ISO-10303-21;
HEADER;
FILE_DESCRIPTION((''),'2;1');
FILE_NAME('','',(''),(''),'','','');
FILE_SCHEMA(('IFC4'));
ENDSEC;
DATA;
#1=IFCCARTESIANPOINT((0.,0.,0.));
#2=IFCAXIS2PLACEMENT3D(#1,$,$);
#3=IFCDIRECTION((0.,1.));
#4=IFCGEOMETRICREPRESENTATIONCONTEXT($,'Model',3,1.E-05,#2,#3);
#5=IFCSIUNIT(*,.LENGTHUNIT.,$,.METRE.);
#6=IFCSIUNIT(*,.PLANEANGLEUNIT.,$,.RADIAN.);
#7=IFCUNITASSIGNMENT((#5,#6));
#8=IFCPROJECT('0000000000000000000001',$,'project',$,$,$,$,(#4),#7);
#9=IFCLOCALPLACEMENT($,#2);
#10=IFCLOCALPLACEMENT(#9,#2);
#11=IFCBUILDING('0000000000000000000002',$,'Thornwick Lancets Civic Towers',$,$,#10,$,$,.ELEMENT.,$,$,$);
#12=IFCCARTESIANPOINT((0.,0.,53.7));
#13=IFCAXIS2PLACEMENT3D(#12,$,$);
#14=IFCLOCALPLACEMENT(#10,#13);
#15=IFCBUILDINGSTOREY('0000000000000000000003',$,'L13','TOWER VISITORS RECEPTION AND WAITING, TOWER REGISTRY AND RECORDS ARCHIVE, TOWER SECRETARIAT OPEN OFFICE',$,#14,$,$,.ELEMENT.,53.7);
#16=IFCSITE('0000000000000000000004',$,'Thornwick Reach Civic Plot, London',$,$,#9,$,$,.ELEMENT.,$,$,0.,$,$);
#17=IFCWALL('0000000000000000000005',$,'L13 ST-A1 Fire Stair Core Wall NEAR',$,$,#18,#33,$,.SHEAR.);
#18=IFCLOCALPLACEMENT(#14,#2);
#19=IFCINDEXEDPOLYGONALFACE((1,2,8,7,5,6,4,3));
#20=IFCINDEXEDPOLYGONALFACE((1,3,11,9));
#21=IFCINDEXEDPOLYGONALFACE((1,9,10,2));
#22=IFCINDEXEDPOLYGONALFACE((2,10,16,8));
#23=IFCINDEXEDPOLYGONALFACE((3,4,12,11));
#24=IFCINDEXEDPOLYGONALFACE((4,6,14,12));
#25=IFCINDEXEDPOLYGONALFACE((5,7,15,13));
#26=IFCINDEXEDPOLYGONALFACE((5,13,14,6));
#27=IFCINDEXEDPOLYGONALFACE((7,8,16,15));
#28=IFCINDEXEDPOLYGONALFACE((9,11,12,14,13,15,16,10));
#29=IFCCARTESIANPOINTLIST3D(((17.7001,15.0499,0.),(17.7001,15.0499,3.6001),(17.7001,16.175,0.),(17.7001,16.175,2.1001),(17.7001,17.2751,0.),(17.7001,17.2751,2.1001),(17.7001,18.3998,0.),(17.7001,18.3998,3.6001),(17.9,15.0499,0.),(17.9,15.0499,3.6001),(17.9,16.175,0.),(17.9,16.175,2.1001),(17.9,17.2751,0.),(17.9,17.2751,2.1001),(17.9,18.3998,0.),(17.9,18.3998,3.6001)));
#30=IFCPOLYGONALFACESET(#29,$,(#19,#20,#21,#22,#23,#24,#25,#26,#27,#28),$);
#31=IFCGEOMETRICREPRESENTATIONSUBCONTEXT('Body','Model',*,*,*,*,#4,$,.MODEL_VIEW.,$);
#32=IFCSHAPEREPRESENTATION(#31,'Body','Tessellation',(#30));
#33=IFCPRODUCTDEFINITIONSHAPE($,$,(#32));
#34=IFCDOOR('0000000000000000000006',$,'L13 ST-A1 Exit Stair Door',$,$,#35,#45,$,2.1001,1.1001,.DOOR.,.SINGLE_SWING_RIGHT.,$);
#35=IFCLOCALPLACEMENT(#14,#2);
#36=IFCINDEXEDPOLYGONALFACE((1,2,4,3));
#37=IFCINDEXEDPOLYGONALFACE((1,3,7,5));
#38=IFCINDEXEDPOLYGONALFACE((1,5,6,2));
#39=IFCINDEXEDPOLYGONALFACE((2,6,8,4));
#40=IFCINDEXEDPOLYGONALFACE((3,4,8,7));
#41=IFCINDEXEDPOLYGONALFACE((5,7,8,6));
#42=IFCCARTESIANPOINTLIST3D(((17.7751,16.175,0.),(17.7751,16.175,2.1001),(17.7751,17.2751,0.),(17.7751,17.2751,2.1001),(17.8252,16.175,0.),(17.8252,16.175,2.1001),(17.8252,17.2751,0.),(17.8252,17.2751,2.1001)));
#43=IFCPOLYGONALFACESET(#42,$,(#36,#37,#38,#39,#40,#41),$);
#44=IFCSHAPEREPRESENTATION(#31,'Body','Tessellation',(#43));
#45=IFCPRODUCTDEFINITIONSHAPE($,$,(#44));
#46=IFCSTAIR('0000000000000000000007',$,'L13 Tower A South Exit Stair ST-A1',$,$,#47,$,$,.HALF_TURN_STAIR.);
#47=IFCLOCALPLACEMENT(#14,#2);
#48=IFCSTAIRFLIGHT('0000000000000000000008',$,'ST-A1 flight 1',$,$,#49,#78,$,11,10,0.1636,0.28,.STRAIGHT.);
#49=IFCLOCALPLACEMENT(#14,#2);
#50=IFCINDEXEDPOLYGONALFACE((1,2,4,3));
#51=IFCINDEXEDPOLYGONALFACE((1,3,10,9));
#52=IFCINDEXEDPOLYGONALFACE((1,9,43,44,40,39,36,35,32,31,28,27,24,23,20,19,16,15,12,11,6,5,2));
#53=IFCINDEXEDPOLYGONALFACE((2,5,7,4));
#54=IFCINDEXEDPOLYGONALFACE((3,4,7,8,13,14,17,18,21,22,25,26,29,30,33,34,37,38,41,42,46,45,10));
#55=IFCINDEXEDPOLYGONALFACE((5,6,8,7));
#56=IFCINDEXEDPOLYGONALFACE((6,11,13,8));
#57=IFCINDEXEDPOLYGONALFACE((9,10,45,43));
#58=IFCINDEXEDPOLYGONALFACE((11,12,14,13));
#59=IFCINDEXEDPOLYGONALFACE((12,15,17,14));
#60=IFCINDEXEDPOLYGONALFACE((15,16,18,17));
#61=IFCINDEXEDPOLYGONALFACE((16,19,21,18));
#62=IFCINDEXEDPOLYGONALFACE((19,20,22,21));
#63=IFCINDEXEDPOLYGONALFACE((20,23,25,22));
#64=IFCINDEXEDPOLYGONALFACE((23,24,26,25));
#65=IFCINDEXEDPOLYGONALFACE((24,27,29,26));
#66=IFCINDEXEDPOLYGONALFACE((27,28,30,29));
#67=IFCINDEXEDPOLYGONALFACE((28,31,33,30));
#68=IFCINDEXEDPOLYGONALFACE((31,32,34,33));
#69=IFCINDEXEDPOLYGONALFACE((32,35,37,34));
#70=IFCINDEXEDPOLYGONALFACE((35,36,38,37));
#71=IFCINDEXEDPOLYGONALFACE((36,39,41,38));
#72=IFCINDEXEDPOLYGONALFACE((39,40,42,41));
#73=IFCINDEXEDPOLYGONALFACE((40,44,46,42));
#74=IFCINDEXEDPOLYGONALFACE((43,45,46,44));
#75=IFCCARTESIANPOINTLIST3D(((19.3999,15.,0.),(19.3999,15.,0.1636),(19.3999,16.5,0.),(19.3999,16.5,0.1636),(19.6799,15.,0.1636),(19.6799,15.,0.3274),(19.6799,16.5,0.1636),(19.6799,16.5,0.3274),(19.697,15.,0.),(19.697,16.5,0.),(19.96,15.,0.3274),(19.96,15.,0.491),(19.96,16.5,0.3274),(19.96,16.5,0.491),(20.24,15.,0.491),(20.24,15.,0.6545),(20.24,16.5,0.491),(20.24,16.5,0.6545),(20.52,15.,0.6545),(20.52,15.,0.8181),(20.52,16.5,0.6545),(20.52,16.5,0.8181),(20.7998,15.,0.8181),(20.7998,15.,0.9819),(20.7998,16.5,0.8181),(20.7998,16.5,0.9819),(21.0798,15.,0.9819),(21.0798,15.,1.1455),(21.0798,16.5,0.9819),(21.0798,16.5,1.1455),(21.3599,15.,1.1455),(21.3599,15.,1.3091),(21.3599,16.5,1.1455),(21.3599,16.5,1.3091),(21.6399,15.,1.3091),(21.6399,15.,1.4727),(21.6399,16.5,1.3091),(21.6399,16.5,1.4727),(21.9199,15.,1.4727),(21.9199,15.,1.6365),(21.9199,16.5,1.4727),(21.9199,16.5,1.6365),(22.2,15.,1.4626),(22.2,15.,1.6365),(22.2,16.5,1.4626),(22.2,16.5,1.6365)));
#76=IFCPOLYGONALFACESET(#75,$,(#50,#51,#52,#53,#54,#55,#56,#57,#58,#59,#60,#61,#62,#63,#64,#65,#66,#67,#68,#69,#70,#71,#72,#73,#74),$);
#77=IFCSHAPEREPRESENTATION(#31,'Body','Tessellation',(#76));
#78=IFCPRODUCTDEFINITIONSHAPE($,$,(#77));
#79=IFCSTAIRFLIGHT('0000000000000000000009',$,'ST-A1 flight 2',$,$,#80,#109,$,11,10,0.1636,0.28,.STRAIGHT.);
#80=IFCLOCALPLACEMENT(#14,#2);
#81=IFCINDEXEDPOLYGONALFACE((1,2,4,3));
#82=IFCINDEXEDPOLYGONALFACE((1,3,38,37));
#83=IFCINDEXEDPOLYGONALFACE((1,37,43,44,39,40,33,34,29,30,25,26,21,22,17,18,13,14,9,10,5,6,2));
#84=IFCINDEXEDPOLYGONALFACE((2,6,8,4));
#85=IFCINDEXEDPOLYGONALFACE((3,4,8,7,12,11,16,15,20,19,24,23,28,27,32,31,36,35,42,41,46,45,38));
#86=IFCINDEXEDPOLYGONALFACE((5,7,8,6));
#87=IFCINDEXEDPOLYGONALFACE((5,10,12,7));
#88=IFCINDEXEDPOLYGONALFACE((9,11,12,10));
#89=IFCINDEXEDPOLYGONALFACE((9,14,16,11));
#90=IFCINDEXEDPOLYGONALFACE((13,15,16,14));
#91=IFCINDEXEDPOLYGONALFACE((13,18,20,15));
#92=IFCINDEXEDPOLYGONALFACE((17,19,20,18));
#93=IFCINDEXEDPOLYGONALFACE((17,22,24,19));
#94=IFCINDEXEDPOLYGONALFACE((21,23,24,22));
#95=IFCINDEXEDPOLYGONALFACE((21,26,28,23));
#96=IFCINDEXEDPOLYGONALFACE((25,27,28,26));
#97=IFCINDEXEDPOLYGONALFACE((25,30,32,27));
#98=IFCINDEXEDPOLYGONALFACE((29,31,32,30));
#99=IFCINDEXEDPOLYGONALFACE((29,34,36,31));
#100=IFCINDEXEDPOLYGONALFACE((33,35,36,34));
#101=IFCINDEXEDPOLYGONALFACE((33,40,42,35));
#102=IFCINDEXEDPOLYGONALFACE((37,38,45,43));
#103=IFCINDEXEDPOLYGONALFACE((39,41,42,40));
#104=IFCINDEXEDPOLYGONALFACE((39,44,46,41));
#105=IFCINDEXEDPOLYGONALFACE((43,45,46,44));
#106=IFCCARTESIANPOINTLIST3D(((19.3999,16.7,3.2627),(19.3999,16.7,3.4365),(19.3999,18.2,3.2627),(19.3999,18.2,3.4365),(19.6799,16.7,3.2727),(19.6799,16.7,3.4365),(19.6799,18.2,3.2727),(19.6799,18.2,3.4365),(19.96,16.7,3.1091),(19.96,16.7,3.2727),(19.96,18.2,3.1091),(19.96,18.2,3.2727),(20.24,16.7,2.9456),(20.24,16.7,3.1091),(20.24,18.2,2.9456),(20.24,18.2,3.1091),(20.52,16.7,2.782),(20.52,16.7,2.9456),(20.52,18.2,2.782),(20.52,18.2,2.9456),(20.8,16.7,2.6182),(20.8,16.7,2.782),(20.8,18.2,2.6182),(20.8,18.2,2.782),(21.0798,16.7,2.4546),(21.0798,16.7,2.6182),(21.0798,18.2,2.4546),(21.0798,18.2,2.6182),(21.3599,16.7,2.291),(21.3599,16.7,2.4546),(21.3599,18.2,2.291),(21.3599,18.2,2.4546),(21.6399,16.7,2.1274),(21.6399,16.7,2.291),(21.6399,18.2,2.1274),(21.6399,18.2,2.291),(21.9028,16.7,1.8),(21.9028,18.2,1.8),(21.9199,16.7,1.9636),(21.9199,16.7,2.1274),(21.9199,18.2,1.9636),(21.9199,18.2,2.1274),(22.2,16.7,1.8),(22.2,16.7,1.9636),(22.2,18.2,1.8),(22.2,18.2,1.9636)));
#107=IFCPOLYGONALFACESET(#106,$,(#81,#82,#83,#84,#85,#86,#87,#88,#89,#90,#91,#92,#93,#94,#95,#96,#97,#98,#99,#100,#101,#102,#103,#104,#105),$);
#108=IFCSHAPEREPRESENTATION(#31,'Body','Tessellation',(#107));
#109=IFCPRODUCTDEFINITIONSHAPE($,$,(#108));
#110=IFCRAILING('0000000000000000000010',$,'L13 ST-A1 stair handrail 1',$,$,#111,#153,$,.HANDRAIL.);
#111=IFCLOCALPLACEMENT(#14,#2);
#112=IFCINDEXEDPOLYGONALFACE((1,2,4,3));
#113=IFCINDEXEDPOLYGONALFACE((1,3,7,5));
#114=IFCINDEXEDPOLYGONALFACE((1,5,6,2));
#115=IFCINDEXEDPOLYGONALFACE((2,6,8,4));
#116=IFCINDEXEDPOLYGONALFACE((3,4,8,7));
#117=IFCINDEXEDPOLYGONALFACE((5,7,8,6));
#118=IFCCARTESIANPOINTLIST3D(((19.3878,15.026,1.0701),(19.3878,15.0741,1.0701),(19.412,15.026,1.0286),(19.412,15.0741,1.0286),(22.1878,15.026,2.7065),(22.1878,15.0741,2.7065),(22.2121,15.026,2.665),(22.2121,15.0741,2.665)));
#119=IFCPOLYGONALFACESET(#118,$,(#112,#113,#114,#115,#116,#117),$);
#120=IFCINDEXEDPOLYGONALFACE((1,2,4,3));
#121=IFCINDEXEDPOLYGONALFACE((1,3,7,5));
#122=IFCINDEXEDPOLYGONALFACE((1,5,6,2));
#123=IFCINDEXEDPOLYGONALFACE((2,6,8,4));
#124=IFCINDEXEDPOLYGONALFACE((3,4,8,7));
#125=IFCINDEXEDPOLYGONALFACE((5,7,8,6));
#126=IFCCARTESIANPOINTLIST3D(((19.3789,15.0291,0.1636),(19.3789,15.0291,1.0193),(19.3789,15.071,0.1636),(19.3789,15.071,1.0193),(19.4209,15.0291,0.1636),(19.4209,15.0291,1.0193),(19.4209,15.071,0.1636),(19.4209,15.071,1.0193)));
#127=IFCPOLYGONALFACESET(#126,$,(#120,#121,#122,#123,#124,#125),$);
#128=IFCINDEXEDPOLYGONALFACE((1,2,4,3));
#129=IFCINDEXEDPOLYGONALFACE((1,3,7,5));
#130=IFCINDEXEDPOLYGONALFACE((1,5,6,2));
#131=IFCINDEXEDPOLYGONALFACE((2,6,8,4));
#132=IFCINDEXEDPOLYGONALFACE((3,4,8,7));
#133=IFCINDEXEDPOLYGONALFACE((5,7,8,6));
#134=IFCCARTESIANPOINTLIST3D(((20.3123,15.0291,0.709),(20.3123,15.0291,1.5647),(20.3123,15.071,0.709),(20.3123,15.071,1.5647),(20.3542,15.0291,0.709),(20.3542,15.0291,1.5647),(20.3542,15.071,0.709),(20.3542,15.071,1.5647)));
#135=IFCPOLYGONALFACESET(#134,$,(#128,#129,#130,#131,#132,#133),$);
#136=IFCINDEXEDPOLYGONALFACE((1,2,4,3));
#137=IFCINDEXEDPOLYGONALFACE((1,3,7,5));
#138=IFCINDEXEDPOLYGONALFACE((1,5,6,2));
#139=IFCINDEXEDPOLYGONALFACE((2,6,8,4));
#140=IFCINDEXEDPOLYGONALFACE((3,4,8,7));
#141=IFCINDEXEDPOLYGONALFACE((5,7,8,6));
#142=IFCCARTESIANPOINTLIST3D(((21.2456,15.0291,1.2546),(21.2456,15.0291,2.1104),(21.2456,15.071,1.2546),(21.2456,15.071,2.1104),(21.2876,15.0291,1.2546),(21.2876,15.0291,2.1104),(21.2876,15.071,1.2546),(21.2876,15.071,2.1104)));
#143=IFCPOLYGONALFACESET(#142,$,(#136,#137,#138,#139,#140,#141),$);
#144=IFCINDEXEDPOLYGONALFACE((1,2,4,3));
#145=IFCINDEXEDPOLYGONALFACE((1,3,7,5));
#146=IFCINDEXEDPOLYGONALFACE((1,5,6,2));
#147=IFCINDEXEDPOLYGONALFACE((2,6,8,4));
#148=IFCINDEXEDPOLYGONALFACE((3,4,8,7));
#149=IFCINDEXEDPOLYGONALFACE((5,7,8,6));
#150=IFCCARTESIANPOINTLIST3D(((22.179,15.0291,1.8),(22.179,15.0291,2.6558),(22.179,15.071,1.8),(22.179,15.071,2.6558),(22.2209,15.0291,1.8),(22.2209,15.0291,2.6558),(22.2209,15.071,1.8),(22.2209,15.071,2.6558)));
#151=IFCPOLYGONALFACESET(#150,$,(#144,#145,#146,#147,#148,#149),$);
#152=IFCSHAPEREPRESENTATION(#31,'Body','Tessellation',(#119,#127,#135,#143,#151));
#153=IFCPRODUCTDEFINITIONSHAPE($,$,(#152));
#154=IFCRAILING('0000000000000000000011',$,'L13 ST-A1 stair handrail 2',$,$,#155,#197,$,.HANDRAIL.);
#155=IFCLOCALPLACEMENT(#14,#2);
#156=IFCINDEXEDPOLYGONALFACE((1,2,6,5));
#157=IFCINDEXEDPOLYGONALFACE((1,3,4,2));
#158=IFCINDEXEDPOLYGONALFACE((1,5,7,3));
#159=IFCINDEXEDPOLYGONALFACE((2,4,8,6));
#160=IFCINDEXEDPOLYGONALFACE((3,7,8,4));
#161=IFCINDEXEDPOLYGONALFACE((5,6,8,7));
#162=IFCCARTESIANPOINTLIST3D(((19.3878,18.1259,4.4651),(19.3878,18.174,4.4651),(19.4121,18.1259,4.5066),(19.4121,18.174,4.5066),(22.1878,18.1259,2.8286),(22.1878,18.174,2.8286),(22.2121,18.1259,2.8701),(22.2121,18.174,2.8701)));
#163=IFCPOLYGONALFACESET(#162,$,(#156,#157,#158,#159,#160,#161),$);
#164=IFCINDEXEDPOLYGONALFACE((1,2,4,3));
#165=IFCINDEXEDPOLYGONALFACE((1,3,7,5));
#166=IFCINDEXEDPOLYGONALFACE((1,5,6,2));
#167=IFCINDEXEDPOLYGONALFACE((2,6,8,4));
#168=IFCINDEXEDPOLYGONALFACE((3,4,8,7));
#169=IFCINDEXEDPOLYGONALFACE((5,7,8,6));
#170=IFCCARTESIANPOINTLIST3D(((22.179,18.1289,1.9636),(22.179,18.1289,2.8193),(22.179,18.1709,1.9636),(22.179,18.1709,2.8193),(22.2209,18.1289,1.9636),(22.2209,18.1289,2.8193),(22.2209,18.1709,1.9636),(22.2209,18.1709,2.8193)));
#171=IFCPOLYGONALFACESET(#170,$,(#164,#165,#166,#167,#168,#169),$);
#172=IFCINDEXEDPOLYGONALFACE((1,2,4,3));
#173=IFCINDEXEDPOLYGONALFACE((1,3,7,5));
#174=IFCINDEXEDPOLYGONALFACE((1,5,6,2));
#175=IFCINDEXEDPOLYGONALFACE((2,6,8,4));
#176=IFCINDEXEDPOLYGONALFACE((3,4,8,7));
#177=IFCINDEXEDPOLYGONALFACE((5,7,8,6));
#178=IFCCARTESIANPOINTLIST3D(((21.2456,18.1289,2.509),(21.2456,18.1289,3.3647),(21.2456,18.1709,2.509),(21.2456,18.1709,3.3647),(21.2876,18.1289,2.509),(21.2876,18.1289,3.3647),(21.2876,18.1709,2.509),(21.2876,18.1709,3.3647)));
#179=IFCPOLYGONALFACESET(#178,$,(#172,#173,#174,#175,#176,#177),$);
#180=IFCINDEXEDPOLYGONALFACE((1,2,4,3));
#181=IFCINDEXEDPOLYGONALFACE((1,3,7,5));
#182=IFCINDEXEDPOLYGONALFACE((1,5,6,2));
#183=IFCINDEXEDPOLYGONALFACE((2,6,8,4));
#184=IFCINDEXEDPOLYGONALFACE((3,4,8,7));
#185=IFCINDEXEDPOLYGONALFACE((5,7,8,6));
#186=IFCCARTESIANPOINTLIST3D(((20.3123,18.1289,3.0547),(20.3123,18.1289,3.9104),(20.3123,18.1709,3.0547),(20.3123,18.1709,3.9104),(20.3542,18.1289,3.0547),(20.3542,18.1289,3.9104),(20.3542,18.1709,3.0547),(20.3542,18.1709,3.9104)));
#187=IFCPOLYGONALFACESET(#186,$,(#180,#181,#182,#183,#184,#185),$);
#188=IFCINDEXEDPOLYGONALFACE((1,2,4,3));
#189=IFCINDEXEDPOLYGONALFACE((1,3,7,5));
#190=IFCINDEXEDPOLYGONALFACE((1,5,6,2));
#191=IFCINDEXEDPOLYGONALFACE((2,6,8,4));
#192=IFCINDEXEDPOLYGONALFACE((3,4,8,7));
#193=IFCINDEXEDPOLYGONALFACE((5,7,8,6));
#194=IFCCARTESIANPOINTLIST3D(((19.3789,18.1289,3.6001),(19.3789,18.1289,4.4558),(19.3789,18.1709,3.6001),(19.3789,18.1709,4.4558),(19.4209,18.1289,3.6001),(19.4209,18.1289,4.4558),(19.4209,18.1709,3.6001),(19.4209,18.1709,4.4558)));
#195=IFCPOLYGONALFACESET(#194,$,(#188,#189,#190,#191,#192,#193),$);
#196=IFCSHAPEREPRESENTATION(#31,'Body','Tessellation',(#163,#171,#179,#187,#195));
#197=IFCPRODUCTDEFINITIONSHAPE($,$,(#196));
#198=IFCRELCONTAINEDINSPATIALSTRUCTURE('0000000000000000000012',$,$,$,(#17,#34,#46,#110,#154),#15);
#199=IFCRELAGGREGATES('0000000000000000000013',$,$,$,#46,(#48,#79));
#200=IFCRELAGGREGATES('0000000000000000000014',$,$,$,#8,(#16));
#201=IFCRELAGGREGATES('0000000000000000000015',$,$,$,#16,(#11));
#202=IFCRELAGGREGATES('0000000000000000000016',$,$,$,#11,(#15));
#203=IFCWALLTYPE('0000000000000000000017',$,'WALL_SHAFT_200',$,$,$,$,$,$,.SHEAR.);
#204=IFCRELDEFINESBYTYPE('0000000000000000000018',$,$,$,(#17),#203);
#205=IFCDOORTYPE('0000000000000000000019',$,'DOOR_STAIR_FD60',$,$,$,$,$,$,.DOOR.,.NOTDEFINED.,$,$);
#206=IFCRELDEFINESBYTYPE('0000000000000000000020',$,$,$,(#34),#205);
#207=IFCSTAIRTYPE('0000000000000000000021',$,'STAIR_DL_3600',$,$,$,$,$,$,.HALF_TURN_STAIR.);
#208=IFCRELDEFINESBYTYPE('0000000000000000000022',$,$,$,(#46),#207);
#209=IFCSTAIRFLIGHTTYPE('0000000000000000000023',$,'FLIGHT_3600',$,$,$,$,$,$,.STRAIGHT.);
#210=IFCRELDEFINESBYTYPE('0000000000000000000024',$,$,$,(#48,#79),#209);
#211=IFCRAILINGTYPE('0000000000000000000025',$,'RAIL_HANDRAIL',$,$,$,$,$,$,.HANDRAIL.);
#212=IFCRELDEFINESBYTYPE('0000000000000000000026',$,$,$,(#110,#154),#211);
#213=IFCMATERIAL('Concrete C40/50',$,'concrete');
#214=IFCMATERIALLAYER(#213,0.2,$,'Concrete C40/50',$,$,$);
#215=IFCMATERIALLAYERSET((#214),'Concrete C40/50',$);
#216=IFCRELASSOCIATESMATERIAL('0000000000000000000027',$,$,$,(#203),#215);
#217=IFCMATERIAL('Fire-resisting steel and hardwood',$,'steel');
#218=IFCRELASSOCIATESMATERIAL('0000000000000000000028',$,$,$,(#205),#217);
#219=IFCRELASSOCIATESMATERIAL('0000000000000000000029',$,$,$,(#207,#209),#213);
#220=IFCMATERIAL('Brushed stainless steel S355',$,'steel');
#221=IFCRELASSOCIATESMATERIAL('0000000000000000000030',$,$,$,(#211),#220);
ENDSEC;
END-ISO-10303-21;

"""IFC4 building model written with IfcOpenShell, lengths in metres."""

from ifc_helpers import new_model, si_unit, direction, frame, frame_2d, origin, origin_2d, place, context, subcontext, project, spatial, polyline, rectangle, outline, extrude, material, layer, layer_set, type_object, element, fill, aggregate, save


model = new_model("IFC4")

# Units and contexts
model_context = context("Model", 3, precision=1e-05, world=origin(), true_north=direction((0.0, 1.0)))
body_context = subcontext(model_context, "Body", "Model", "MODEL_VIEW")
ifc_project = project(units=[si_unit("LENGTHUNIT", "METRE"), si_unit("PLANEANGLEUNIT", "RADIAN")], contexts=[model_context])

# Site, building, storey
site_placement = place(None, origin())
site = spatial("IfcSite", under=ifc_project, at=site_placement, Name="Thornwick Reach Civic Plot, London", CompositionType="ELEMENT", RefElevation=0.0)
building_placement = place(site_placement, origin())
building = spatial("IfcBuilding", under=site, at=building_placement, Name="Thornwick Lancets Civic Towers", CompositionType="ELEMENT")
storey_placement = place(building_placement, frame((0.0, 0.0, 53.7)))
storey = spatial("IfcBuildingStorey", under=building, at=storey_placement, Name="L13", Description="TOWER VISITORS RECEPTION AND WAITING, TOWER REGISTRY AND RECORDS ARCHIVE, TOWER SECRETARIAT OPEN OFFICE", CompositionType="ELEMENT", Elevation=53.7)

# Shared definitions
ifc_material_1 = material(Name="Concrete C40/50", Category="concrete")

# Wall, opening, door
ifc_layer_1 = layer(ifc_material_1, 0.2, Name="Concrete C40/50")
ifc_layer_set_1 = layer_set([ifc_layer_1], Name="Concrete C40/50")
wall_type_1 = type_object("IfcWallType", Name="WALL_SHAFT_200", PredefinedType="SHEAR", material=ifc_layer_set_1)
wall_1_placement = place(storey_placement, frame((17.8, 15.05, 0.0), z_axis=(0.0, 0.0, 1.0), x_axis=(0.0, 1.0, 0.0)))
wall_1 = element("IfcWall", 1, at=wall_1_placement, inside=storey, type_object=wall_type_1, Name="L13 ST-A1 Fire Stair Core Wall NEAR", PredefinedType="SHEAR", context=body_context, shape_type="SweptSolid", body=[
    extrude(rectangle(XDim=3.3499, YDim=0.2, at=frame_2d((1.6748, 0.0))), origin(), (0.0, 0.0, 1.0), 3.6001),
])
opening_1_placement = place(wall_1_placement, frame((1.125, 0.0, 0.0)))
opening_1 = element("IfcOpeningElement", 2, at=opening_1_placement, cuts=wall_1, PredefinedType="OPENING", context=body_context, shape_type="SweptSolid", body=[
    extrude(rectangle(XDim=1.1001, YDim=2.1001, at=frame_2d((0.55, 1.05))), frame((0.0, 0.1099, 0.0), z_axis=(0.0, -1.0, 0.0), x_axis=(1.0, 0.0, 0.0)), (0.0, 0.0, 1.0), 0.22),
])
ifc_material_2 = material(Name="Fire-resisting steel and hardwood", Category="steel")
door_type_1 = type_object("IfcDoorType", Name="DOOR_STAIR_FD60", OperationType="NOTDEFINED", PredefinedType="DOOR", material=ifc_material_2)
door_1_placement = place(opening_1_placement, origin())
door_1 = element("IfcDoor", 3, at=door_1_placement, inside=storey, type_object=door_type_1, Name="L13 ST-A1 Exit Stair Door", OperationType="SINGLE_SWING_RIGHT", OverallHeight=2.1001, OverallWidth=1.1001, PredefinedType="DOOR", context=body_context, shape_type="SweptSolid", body=[
    extrude(rectangle(XDim=1.1001, YDim=2.1001, at=frame_2d((0.55, 1.05))), frame((0.0, 0.0249, 0.0), z_axis=(0.0, -1.0, 0.0), x_axis=(1.0, 0.0, 0.0)), (0.0, 0.0, 1.0), 0.05),
])
fill(opening_1, door_1)

# Stair, stair flights
stair_type = type_object("IfcStairType", Name="STAIR_DL_3600", PredefinedType="HALF_TURN_STAIR", material=ifc_material_1)
stair_placement = place(storey_placement, origin())
stair = element("IfcStair", 4, at=stair_placement, inside=storey, type_object=stair_type, Name="L13 Tower A South Exit Stair ST-A1", PredefinedType="HALF_TURN_STAIR")
stair_flight_type = type_object("IfcStairFlightType", Name="FLIGHT_3600", PredefinedType="STRAIGHT", material=ifc_material_1)
stair_flight_1_placement = place(storey_placement, frame((19.3999, 15.75, 0.0), z_axis=(0.0, 0.0, 1.0), x_axis=(1.0, 0.0, 0.0)))
stair_flight_1 = element("IfcStairFlight", 5, at=stair_flight_1_placement, type_object=stair_flight_type, Name="ST-A1 flight 1", NumberOfRisers=11, NumberOfTreads=10, PredefinedType="STRAIGHT", RiserHeight=0.1636, TreadLength=0.28, context=body_context, shape_type="SweptSolid", body=[
    extrude(outline(polyline([(0.0, 0.0), (0.0, 0.1636), (0.28, 0.1636), (0.28, 0.3274), (0.5601, 0.3274), (0.5601, 0.491), (0.8401, 0.491), (0.8401, 0.6545), (1.1201, 0.6545), (1.1201, 0.8181), (1.3999, 0.8181), (1.3999, 0.9819), (1.6799, 0.9819), (1.6799, 1.1455), (1.96, 1.1455), (1.96, 1.3091), (2.24, 1.3091), (2.24, 1.4727), (2.52, 1.4727), (2.52, 1.6365), (2.8, 1.6365), (2.8, 1.8), (2.8, 1.4626), (0.2971, 0.0), (0.0, 0.0)])), frame((0.0, 0.75, 0.0), z_axis=(0.0, -1.0, 0.0), x_axis=(1.0, 0.0, 0.0)), (0.0, 0.0, 1.0), 1.5),
])
stair_flight_2_placement = place(storey_placement, frame((22.2, 17.45, 1.8), z_axis=(0.0, 0.0, 1.0), x_axis=(-1.0, 0.0, 0.0)))
stair_flight_2 = element("IfcStairFlight", 6, at=stair_flight_2_placement, type_object=stair_flight_type, Name="ST-A1 flight 2", NumberOfRisers=11, NumberOfTreads=10, PredefinedType="STRAIGHT", RiserHeight=0.1636, TreadLength=0.28, context=body_context, shape_type="SweptSolid", body=[
    extrude(outline(polyline([(0.0, 0.0), (0.0, 0.1636), (0.28, 0.1636), (0.28, 0.3274), (0.5601, 0.3274), (0.5601, 0.491), (0.8401, 0.491), (0.8401, 0.6545), (1.1201, 0.6545), (1.1201, 0.8181), (1.3999, 0.8181), (1.3999, 0.9819), (1.6799, 0.9819), (1.6799, 1.1455), (1.96, 1.1455), (1.96, 1.3091), (2.24, 1.3091), (2.24, 1.4727), (2.52, 1.4727), (2.52, 1.6365), (2.8, 1.6365), (2.8, 1.8), (2.8, 1.4626), (0.2971, 0.0), (0.0, 0.0)])), frame((0.0, 0.75, 0.0), z_axis=(0.0, -1.0, 0.0), x_axis=(1.0, 0.0, 0.0)), (0.0, 0.0, 1.0), 1.5),
])
aggregate(stair, [stair_flight_1, stair_flight_2])

# Railings
ifc_material_3 = material(Name="Brushed stainless steel S355", Category="steel")
railing_type_1 = type_object("IfcRailingType", Name="RAIL_HANDRAIL", PredefinedType="HANDRAIL", material=ifc_material_3)
railing_1_placement = place(storey_placement, frame((19.3999, 15.05, 0.1636)))
element("IfcRailing", 7, at=railing_1_placement, inside=storey, type_object=railing_type_1, Name="L13 ST-A1 stair handrail 1", PredefinedType="HANDRAIL", context=body_context, shape_type="SweptSolid", body=[
    extrude(rectangle(XDim=0.0481, YDim=0.0481, at=origin_2d()), frame((0.0, 0.0, 0.8857), z_axis=(0.863361, 0.0, 0.504587), x_axis=(0.0, 1.0, 0.0)), (0.0, 0.0, 1.0), 3.2432),
    extrude(rectangle(XDim=0.042, YDim=0.042, at=origin_2d()), origin(), (0.0, 0.0, 1.0), 0.8557),
    extrude(rectangle(XDim=0.042, YDim=0.042, at=origin_2d()), frame((0.9333, 0.0, 0.5454)), (0.0, 0.0, 1.0), 0.8557),
    extrude(rectangle(XDim=0.042, YDim=0.042, at=origin_2d()), frame((1.8667, 0.0, 1.0911)), (0.0, 0.0, 1.0), 0.8557),
    extrude(rectangle(XDim=0.042, YDim=0.042, at=origin_2d()), frame((2.8, 0.0, 1.6365)), (0.0, 0.0, 1.0), 0.8557),
])
railing_2_placement = place(storey_placement, frame((22.2, 18.1499, 1.9636)))
element("IfcRailing", 8, at=railing_2_placement, inside=storey, type_object=railing_type_1, Name="L13 ST-A1 stair handrail 2", PredefinedType="HANDRAIL", context=body_context, shape_type="SweptSolid", body=[
    extrude(rectangle(XDim=0.0481, YDim=0.0481, at=origin_2d()), frame((0.0, 0.0, 0.8857), z_axis=(-0.863361, 0.0, 0.504587), x_axis=(0.0, -1.0, 0.0)), (0.0, 0.0, 1.0), 3.2432),
    extrude(rectangle(XDim=0.042, YDim=0.042, at=origin_2d()), origin(), (0.0, 0.0, 1.0), 0.8557),
    extrude(rectangle(XDim=0.042, YDim=0.042, at=origin_2d()), frame((-0.9333, 0.0, 0.5454)), (0.0, 0.0, 1.0), 0.8557),
    extrude(rectangle(XDim=0.042, YDim=0.042, at=origin_2d()), frame((-1.8667, 0.0, 1.0911)), (0.0, 0.0, 1.0), 0.8557),
    extrude(rectangle(XDim=0.042, YDim=0.042, at=origin_2d()), frame((-2.8, 0.0, 1.6365)), (0.0, 0.0, 1.0), 0.8557),
])

save(model, "model.ifc")
